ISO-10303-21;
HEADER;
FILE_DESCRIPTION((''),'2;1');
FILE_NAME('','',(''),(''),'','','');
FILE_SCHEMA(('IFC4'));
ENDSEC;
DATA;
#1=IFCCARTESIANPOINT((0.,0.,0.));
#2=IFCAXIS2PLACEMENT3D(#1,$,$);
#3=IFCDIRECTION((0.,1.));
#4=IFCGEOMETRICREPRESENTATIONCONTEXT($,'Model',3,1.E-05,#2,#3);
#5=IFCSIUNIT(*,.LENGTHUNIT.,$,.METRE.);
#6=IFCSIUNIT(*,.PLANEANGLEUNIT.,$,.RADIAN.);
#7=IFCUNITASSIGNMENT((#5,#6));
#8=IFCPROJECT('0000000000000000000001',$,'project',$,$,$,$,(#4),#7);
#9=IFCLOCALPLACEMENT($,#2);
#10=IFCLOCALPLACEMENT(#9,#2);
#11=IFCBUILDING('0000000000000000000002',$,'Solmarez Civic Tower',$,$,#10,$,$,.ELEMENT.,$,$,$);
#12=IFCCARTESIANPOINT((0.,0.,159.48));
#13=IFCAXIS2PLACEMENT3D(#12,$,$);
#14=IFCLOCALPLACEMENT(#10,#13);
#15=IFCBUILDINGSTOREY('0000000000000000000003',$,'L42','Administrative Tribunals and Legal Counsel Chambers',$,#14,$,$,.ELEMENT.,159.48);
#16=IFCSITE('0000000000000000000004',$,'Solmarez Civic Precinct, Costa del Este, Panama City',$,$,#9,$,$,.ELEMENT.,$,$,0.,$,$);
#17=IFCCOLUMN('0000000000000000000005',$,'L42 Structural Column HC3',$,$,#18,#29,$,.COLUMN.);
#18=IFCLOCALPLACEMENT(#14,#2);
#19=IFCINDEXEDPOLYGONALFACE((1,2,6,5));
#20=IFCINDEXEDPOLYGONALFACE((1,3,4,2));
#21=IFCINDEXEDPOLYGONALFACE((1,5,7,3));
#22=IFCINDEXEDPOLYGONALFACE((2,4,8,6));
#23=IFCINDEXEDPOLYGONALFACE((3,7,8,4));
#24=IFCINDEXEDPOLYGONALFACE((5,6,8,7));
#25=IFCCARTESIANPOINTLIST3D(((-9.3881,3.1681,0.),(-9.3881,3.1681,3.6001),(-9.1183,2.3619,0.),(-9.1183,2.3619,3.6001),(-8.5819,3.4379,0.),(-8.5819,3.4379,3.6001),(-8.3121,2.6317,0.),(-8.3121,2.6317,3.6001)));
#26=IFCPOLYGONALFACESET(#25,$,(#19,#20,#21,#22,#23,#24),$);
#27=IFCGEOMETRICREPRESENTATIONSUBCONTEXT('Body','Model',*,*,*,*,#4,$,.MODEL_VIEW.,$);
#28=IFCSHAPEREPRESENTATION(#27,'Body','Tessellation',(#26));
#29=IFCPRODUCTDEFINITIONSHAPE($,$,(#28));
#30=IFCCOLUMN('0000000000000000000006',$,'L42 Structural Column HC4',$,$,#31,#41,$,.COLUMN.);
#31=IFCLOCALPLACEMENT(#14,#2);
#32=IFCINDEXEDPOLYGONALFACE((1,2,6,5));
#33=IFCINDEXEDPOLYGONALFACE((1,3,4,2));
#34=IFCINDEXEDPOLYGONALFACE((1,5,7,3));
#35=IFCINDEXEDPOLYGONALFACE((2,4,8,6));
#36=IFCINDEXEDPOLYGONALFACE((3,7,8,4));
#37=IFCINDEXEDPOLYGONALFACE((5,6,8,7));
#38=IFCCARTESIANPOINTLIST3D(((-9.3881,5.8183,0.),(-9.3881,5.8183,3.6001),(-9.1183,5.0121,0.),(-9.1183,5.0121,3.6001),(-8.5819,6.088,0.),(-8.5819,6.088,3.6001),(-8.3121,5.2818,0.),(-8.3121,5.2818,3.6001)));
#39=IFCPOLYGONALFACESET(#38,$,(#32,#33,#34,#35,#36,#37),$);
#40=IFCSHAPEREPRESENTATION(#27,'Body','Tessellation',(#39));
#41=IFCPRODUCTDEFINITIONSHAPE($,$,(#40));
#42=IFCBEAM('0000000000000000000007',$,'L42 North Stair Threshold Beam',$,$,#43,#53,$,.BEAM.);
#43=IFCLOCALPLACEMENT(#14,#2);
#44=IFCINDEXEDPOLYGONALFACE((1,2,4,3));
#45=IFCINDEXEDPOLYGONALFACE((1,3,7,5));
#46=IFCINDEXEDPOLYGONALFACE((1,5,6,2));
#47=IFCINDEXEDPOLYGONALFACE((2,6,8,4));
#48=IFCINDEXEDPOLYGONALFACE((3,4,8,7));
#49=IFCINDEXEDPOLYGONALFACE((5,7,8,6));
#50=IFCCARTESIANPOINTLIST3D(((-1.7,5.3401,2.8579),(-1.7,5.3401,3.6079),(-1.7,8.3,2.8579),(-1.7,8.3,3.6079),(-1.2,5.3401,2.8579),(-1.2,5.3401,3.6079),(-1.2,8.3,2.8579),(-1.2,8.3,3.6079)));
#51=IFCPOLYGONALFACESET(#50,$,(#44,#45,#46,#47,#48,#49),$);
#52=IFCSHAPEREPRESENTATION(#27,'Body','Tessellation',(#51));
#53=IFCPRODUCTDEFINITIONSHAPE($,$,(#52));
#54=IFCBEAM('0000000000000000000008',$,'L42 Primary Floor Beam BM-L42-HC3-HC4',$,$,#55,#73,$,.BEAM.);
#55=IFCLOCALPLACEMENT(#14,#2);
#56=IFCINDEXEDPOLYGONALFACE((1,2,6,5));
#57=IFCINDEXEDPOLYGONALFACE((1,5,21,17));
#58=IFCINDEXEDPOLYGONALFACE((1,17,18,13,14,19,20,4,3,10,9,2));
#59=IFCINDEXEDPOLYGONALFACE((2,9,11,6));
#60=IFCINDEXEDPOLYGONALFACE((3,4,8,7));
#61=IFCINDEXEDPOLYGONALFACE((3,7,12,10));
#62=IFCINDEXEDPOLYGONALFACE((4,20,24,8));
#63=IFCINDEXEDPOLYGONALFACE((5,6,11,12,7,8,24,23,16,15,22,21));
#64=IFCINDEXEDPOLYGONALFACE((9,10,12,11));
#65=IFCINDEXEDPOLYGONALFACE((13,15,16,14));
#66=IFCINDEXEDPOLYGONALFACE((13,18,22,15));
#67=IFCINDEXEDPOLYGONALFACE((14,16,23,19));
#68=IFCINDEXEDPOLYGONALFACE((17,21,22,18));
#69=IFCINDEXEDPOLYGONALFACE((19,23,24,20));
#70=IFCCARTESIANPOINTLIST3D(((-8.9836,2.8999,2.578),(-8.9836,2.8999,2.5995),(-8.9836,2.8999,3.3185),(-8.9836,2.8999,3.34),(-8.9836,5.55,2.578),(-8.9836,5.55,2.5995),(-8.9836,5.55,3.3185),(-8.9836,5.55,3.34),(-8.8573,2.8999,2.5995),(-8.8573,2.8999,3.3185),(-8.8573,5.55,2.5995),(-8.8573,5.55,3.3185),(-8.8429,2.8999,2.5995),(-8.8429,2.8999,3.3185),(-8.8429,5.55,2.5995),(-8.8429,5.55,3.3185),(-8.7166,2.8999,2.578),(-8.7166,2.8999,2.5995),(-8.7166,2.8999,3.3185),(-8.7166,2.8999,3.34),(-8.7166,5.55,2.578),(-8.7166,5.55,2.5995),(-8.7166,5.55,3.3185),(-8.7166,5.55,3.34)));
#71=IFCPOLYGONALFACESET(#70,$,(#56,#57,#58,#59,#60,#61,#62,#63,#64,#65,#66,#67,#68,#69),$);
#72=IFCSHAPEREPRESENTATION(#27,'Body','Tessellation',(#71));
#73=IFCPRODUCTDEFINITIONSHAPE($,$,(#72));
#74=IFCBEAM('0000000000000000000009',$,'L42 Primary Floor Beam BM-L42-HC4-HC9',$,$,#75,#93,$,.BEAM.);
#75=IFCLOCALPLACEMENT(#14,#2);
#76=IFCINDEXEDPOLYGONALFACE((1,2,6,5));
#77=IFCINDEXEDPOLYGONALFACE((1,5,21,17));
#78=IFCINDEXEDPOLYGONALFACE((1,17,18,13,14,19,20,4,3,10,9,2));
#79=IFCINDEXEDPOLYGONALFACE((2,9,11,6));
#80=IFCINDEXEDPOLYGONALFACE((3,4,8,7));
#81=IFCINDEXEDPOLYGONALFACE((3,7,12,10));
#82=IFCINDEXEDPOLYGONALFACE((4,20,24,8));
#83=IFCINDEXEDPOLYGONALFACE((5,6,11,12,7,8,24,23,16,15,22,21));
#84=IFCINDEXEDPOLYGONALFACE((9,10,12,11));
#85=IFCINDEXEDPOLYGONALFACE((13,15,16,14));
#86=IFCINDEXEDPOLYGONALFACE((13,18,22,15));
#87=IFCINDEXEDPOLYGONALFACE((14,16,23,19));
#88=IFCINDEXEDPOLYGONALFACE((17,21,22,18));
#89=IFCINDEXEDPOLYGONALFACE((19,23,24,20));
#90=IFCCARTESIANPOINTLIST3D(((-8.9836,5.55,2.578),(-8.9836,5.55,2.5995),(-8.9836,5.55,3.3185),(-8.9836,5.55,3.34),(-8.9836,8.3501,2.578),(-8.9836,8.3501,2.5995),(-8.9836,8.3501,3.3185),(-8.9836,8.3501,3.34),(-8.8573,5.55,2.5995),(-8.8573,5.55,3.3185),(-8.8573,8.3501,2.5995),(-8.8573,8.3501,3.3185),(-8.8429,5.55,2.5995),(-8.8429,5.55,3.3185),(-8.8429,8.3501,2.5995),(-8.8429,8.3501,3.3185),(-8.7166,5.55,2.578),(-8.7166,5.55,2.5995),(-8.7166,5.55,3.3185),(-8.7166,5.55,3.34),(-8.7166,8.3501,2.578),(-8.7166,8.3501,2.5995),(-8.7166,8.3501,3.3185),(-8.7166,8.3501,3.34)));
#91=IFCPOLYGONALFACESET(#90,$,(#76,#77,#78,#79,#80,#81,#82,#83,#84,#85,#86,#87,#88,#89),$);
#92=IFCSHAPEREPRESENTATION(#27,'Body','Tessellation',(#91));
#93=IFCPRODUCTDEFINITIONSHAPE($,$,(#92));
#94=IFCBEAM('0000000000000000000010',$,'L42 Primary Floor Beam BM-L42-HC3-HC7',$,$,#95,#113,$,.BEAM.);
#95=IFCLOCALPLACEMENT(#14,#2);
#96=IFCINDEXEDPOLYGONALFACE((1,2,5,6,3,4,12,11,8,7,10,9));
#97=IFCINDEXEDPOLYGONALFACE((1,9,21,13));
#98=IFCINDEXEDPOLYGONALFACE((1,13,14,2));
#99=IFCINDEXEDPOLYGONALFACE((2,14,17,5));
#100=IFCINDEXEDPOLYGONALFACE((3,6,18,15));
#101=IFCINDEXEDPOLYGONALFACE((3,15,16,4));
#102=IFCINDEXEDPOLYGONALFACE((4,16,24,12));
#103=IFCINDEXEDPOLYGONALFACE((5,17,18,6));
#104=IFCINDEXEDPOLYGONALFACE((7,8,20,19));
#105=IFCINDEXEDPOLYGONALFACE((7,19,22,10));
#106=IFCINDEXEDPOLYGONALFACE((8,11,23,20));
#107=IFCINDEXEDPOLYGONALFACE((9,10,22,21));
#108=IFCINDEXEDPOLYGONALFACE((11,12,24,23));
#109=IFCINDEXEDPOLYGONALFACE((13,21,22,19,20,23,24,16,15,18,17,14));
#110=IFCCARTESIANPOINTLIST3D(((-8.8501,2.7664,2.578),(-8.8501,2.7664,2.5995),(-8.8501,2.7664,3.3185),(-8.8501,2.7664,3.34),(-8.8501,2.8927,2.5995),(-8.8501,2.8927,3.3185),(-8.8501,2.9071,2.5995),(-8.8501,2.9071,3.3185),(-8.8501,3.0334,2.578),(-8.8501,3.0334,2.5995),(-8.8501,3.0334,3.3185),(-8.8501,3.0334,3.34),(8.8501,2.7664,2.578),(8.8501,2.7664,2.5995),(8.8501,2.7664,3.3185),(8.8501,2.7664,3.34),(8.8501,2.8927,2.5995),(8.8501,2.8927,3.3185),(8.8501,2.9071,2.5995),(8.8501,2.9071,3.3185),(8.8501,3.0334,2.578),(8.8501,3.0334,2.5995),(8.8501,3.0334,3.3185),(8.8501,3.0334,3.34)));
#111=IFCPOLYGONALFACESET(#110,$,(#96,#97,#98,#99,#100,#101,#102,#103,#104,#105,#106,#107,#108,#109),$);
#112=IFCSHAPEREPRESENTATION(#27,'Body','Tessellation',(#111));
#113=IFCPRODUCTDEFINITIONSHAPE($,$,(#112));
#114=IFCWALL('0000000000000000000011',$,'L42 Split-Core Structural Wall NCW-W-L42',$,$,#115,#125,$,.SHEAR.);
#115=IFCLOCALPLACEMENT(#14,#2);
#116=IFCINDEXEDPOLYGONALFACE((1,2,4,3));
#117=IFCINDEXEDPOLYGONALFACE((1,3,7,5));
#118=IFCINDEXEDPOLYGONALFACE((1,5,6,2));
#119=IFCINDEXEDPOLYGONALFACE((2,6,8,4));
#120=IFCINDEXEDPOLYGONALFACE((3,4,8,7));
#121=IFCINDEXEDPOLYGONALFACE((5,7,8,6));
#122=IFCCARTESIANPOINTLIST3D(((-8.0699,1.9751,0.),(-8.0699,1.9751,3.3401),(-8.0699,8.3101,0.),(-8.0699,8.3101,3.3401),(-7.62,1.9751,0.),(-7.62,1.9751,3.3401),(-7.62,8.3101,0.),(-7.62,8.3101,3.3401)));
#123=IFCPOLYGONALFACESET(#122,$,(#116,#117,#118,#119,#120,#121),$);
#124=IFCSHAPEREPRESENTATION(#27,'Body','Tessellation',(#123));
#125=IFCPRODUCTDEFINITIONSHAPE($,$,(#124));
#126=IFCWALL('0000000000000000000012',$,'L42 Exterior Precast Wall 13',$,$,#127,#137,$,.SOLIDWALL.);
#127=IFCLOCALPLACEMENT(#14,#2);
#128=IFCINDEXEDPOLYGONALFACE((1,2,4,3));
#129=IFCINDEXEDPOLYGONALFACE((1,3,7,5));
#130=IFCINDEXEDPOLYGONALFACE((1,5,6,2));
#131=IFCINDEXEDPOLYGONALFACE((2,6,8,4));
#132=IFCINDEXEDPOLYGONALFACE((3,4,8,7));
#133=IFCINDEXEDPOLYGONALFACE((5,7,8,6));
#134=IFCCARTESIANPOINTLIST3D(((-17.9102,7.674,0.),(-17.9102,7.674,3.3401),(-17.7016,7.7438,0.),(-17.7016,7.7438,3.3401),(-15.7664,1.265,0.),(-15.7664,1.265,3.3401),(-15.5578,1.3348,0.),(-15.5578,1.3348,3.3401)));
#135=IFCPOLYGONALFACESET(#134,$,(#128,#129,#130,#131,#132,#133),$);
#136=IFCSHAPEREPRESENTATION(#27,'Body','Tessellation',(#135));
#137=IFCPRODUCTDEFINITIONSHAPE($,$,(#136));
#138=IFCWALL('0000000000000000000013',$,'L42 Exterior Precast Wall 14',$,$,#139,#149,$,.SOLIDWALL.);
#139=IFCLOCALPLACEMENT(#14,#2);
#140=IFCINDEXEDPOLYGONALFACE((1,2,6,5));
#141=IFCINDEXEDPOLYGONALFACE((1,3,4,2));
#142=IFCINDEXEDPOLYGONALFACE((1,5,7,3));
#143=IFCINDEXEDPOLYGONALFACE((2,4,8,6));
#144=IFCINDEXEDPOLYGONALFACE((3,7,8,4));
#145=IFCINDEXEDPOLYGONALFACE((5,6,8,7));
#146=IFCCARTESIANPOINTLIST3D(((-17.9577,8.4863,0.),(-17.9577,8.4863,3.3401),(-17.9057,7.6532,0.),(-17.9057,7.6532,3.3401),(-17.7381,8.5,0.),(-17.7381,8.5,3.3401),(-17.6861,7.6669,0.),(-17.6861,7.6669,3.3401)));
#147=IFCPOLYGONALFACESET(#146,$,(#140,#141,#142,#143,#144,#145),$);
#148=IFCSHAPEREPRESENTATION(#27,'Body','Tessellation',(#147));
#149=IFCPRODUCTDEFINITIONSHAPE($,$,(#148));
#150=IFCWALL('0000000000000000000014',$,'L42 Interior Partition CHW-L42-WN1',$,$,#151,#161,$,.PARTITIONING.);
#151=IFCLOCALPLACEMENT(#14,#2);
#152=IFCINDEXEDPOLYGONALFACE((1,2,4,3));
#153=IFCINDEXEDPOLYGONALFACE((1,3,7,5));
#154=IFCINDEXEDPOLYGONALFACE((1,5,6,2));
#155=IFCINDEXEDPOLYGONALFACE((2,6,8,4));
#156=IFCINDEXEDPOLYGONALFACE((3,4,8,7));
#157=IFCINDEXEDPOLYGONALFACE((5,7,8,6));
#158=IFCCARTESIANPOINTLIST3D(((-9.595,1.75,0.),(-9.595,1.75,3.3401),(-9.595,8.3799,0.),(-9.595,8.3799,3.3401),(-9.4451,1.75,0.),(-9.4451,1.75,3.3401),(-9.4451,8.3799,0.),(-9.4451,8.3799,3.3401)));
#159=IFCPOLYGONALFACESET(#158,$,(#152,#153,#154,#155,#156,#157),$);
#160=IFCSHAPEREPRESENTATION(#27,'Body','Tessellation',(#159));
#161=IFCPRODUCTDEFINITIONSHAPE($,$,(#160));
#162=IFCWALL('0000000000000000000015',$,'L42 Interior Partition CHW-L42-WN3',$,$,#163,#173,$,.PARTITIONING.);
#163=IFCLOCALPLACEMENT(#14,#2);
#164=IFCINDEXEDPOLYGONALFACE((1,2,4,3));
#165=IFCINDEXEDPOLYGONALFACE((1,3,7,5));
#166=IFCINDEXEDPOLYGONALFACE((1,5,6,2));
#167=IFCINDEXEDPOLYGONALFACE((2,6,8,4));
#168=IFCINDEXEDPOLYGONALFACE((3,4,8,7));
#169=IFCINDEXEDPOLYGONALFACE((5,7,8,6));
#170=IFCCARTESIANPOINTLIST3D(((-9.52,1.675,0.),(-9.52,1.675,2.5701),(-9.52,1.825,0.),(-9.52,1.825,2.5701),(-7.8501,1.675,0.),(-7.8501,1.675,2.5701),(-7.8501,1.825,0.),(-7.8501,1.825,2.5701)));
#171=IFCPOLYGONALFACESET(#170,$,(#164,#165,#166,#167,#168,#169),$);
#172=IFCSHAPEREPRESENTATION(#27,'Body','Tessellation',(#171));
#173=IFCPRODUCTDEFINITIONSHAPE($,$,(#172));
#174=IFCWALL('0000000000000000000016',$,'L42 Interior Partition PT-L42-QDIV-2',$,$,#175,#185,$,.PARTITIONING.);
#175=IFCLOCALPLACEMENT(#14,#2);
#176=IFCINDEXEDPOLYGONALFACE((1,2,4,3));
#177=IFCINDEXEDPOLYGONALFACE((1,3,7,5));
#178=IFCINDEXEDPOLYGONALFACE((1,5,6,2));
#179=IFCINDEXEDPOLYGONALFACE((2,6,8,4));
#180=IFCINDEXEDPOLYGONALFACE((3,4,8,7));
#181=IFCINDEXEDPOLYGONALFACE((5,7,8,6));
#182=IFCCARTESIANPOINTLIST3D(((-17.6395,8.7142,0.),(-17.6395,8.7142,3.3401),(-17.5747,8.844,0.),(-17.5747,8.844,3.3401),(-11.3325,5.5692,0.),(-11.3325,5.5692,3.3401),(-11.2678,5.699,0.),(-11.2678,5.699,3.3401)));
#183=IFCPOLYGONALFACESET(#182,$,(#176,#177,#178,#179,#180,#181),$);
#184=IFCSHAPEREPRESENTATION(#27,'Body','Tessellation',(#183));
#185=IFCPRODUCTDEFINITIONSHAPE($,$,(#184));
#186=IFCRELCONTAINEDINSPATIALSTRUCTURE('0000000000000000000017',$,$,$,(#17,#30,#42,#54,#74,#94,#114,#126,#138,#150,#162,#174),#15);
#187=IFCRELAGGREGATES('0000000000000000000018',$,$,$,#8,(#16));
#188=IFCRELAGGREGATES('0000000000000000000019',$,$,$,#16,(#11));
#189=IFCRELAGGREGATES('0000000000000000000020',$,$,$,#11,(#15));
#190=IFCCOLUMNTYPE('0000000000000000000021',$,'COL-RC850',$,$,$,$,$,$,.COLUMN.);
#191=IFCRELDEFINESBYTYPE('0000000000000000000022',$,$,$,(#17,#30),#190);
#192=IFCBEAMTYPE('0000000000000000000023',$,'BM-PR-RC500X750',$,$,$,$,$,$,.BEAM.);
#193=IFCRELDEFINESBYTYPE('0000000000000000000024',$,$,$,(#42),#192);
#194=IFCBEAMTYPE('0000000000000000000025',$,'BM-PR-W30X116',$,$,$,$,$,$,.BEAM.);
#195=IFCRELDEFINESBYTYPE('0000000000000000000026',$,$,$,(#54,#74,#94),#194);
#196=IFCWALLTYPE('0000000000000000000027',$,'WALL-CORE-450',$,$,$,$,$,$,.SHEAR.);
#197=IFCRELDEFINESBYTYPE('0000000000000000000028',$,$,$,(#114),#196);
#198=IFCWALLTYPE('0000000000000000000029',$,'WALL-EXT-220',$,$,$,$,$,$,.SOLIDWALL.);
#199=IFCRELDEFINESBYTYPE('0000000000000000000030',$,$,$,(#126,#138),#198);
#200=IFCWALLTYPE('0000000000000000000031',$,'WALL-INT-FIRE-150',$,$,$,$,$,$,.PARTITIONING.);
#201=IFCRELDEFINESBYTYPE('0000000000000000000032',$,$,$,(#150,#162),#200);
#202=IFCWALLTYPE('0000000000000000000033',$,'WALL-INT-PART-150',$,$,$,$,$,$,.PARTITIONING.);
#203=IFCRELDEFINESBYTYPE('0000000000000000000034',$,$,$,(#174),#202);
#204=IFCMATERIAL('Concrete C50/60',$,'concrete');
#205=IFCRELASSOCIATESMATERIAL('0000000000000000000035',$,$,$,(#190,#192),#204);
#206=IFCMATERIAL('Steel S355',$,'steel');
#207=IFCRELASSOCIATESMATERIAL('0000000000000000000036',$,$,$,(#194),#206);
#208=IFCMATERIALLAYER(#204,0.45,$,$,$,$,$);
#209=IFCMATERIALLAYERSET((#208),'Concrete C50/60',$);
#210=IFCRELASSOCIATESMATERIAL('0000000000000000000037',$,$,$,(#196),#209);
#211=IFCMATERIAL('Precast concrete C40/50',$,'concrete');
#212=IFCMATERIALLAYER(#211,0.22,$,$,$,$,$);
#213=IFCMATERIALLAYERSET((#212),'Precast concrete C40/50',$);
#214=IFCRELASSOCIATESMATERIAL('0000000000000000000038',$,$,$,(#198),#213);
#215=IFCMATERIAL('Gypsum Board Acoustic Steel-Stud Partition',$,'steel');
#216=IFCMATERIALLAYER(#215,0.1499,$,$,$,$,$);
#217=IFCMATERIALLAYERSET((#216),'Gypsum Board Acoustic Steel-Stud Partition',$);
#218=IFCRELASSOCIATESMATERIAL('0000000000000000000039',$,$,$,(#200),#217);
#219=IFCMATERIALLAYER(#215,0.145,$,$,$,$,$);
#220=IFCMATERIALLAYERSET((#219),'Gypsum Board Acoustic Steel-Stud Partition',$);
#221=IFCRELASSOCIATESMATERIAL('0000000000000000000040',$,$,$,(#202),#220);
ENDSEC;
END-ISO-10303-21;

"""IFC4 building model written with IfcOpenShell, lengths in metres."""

from ifc_helpers import new_model, si_unit, direction, frame, frame_2d, origin, origin_2d, place, context, subcontext, project, spatial, rectangle, i_section, extrude, material, layer, layer_set, material_profile, profile_set, type_object, element, save


model = new_model("IFC4")

# Units and contexts
model_context = context("Model", 3, precision=1e-05, world=origin(), true_north=direction((0.0, 1.0)))
body_context = subcontext(model_context, "Body", "Model", "MODEL_VIEW")
ifc_project = project(units=[si_unit("LENGTHUNIT", "METRE"), si_unit("PLANEANGLEUNIT", "RADIAN")], contexts=[model_context])

# Site, building, storey
site_placement = place(None, origin())
site = spatial("IfcSite", under=ifc_project, at=site_placement, Name="Solmarez Civic Precinct, Costa del Este, Panama City", CompositionType="ELEMENT", RefElevation=0.0)
building_placement = place(site_placement, origin())
building = spatial("IfcBuilding", under=site, at=building_placement, Name="Solmarez Civic Tower", CompositionType="ELEMENT")
storey_placement = place(building_placement, frame((0.0, 0.0, 159.48)))
storey = spatial("IfcBuildingStorey", under=building, at=storey_placement, Name="L42", Description="Administrative Tribunals and Legal Counsel Chambers", CompositionType="ELEMENT", Elevation=159.48)

# Columns
ifc_material_1 = material(Name="Concrete C50/60", Category="concrete")
ifc_material_profile_1 = material_profile(ifc_material_1, rectangle(XDim=0.8501, YDim=0.8501, at=origin_2d()), Name="RC850X850")
ifc_profile_set_1 = profile_set([ifc_material_profile_1], Name="Concrete C50/60")
column_type = type_object("IfcColumnType", Name="COL-RC850", PredefinedType="COLUMN", material=ifc_profile_set_1)
for number, where, z_axis, x_axis, name in (
    (1, (-8.8501, 2.8999, 0.0), (0.0, 0.0, 1.0), (0.948324, 0.317305, 0.0), "L42 Structural Column HC3"),
    (2, (-8.8501, 5.55, 0.0), (0.0, 0.0, 1.0), (0.948324, 0.317305, 0.0), "L42 Structural Column HC4"),
):
    element("IfcColumn", number, at=place(storey_placement, frame(where, z_axis=z_axis, x_axis=x_axis)), inside=storey, type_object=column_type, Name=name, PredefinedType="COLUMN", context=body_context, shape_type="SweptSolid", body=[
        extrude(rectangle(XDim=0.8501, YDim=0.8501, at=origin_2d()), origin(), (0.0, 0.0, 1.0), 3.6001),
    ])

# Beams
ifc_material_profile_2 = material_profile(ifc_material_1, rectangle(XDim=0.5, YDim=0.75, at=origin_2d()), Name="RC500X750")
ifc_profile_set_2 = profile_set([ifc_material_profile_2], Name="Concrete C50/60")
beam_type_1 = type_object("IfcBeamType", Name="BM-PR-RC500X750", PredefinedType="BEAM", material=ifc_profile_set_2)
beam_1_placement = place(storey_placement, frame((-1.45, 5.3401, 3.2329), z_axis=(0.0, 1.0, 0.0), x_axis=(-1.0, 0.0, 0.0)))
element("IfcBeam", 3, at=beam_1_placement, inside=storey, type_object=beam_type_1, Name="L42 North Stair Threshold Beam", PredefinedType="BEAM", context=body_context, shape_type="SweptSolid", body=[
    extrude(rectangle(XDim=0.5, YDim=0.75, at=origin_2d()), origin(), (0.0, 0.0, 1.0), 2.96),
])
ifc_material_2 = material(Name="Steel S355", Category="steel")
ifc_material_profile_3 = material_profile(ifc_material_2, i_section(OverallWidth=0.2671, OverallDepth=0.762, WebThickness=0.0144, FlangeThickness=0.0215, at=origin_2d()), Name="W30X116")
ifc_profile_set_3 = profile_set([ifc_material_profile_3], Name="Steel S355")
beam_type_2 = type_object("IfcBeamType", Name="BM-PR-W30X116", PredefinedType="BEAM", material=ifc_profile_set_3)
beam_2_placement = place(storey_placement, frame((-8.8501, 2.8999, 2.959), z_axis=(0.0, 1.0, 0.0), x_axis=(-1.0, 0.0, 0.0)))
element("IfcBeam", 4, at=beam_2_placement, inside=storey, type_object=beam_type_2, Name="L42 Primary Floor Beam BM-L42-HC3-HC4", PredefinedType="BEAM", context=body_context, shape_type="SweptSolid", body=[
    extrude(i_section(OverallWidth=0.2671, OverallDepth=0.762, WebThickness=0.0144, FlangeThickness=0.0215, at=origin_2d()), origin(), (0.0, 0.0, 1.0), 2.6501),
])
beam_3_placement = place(storey_placement, frame((-8.8501, 5.55, 2.959), z_axis=(0.0, 1.0, 0.0), x_axis=(-1.0, 0.0, 0.0)))
element("IfcBeam", 5, at=beam_3_placement, inside=storey, type_object=beam_type_2, Name="L42 Primary Floor Beam BM-L42-HC4-HC9", PredefinedType="BEAM", context=body_context, shape_type="SweptSolid", body=[
    extrude(i_section(OverallWidth=0.2671, OverallDepth=0.762, WebThickness=0.0144, FlangeThickness=0.0215, at=origin_2d()), origin(), (0.0, 0.0, 1.0), 2.8),
])
beam_4_placement = place(storey_placement, frame((-8.8501, 2.8999, 2.959), z_axis=(1.0, 0.0, 0.0), x_axis=(0.0, 1.0, 0.0)))
element("IfcBeam", 6, at=beam_4_placement, inside=storey, type_object=beam_type_2, Name="L42 Primary Floor Beam BM-L42-HC3-HC7", PredefinedType="BEAM", context=body_context, shape_type="SweptSolid", body=[
    extrude(i_section(OverallWidth=0.2671, OverallDepth=0.762, WebThickness=0.0144, FlangeThickness=0.0215, at=origin_2d()), origin(), (0.0, 0.0, 1.0), 17.7002),
])

# Walls
ifc_layer_1 = layer(ifc_material_1, 0.45)
ifc_layer_set_1 = layer_set([ifc_layer_1], Name="Concrete C50/60")
wall_type_1 = type_object("IfcWallType", Name="WALL-CORE-450", PredefinedType="SHEAR", material=ifc_layer_set_1)
wall_1_placement = place(storey_placement, frame((-7.845, 1.9751, 0.0), z_axis=(0.0, 0.0, 1.0), x_axis=(0.0, 1.0, 0.0)))
element("IfcWall", 7, at=wall_1_placement, inside=storey, type_object=wall_type_1, Name="L42 Split-Core Structural Wall NCW-W-L42", PredefinedType="SHEAR", context=body_context, shape_type="SweptSolid", body=[
    extrude(rectangle(XDim=6.335, YDim=0.45, at=frame_2d((3.1675, 0.0))), origin(), (0.0, 0.0, 1.0), 3.3401),
])
ifc_material_3 = material(Name="Precast concrete C40/50", Category="concrete")
ifc_layer_2 = layer(ifc_material_3, 0.22)
ifc_layer_set_2 = layer_set([ifc_layer_2], Name="Precast concrete C40/50")
wall_type_2 = type_object("IfcWallType", Name="WALL-EXT-220", PredefinedType="SOLIDWALL", material=ifc_layer_set_2)
wall_2_placement = place(storey_placement, frame((-15.6621, 1.3, 0.0), z_axis=(0.0, 0.0, 1.0), x_axis=(-0.317225, 0.94835, 0.0)))
element("IfcWall", 8, at=wall_2_placement, inside=storey, type_object=wall_type_2, Name="L42 Exterior Precast Wall 13", PredefinedType="SOLIDWALL", context=body_context, shape_type="SweptSolid", body=[
    extrude(rectangle(XDim=6.7581, YDim=0.22, at=frame_2d((3.3789, 0.0))), origin(), (0.0, 0.0, 1.0), 3.3401),
])
wall_3_placement = place(storey_placement, frame((-17.7959, 7.6599, 0.0), z_axis=(0.0, 0.0, 1.0), x_axis=(-0.062305, 0.998057, 0.0)))
element("IfcWall", 9, at=wall_3_placement, inside=storey, type_object=wall_type_2, Name="L42 Exterior Precast Wall 14", PredefinedType="SOLIDWALL", context=body_context, shape_type="SweptSolid", body=[
    extrude(rectangle(XDim=0.8347, YDim=0.22, at=frame_2d((0.4175, 0.0))), origin(), (0.0, 0.0, 1.0), 3.3401),
])
ifc_material_4 = material(Name="Gypsum Board Acoustic Steel-Stud Partition", Category="steel")
ifc_layer_3 = layer(ifc_material_4, 0.1499)
ifc_layer_set_3 = layer_set([ifc_layer_3], Name="Gypsum Board Acoustic Steel-Stud Partition")
wall_type_3 = type_object("IfcWallType", Name="WALL-INT-FIRE-150", PredefinedType="PARTITIONING", material=ifc_layer_set_3)
wall_4_placement = place(storey_placement, frame((-9.52, 1.75, 0.0), z_axis=(0.0, 0.0, 1.0), x_axis=(0.0, 1.0, 0.0)))
element("IfcWall", 10, at=wall_4_placement, inside=storey, type_object=wall_type_3, Name="L42 Interior Partition CHW-L42-WN1", PredefinedType="PARTITIONING", context=body_context, shape_type="SweptSolid", body=[
    extrude(rectangle(XDim=6.6299, YDim=0.1499, at=frame_2d((3.3149, 0.0))), origin(), (0.0, 0.0, 1.0), 3.3401),
])
wall_5_placement = place(storey_placement, frame((-7.8501, 1.75, 0.0), z_axis=(0.0, 0.0, 1.0), x_axis=(-1.0, 0.0, 0.0)))
element("IfcWall", 11, at=wall_5_placement, inside=storey, type_object=wall_type_3, Name="L42 Interior Partition CHW-L42-WN3", PredefinedType="PARTITIONING", context=body_context, shape_type="SweptSolid", body=[
    extrude(rectangle(XDim=1.6699, YDim=0.1499, at=frame_2d((0.835, 0.0))), origin(), (0.0, 0.0, 1.0), 2.5701),
])
ifc_layer_4 = layer(ifc_material_4, 0.145)
ifc_layer_set_4 = layer_set([ifc_layer_4], Name="Gypsum Board Acoustic Steel-Stud Partition")
wall_type_4 = type_object("IfcWallType", Name="WALL-INT-PART-150", PredefinedType="PARTITIONING", material=ifc_layer_set_4)
wall_6_placement = place(storey_placement, frame((-11.3, 5.634, 0.0), z_axis=(0.0, 0.0, 1.0), x_axis=(-0.894905, 0.446257, 0.0)))
element("IfcWall", 12, at=wall_6_placement, inside=storey, type_object=wall_type_4, Name="L42 Interior Partition PT-L42-QDIV-2", PredefinedType="PARTITIONING", context=body_context, shape_type="SweptSolid", body=[
    extrude(rectangle(XDim=7.0476, YDim=0.145, at=frame_2d((3.5239, 0.0))), origin(), (0.0, 0.0, 1.0), 3.3401),
])

save(model, "model.ifc")
